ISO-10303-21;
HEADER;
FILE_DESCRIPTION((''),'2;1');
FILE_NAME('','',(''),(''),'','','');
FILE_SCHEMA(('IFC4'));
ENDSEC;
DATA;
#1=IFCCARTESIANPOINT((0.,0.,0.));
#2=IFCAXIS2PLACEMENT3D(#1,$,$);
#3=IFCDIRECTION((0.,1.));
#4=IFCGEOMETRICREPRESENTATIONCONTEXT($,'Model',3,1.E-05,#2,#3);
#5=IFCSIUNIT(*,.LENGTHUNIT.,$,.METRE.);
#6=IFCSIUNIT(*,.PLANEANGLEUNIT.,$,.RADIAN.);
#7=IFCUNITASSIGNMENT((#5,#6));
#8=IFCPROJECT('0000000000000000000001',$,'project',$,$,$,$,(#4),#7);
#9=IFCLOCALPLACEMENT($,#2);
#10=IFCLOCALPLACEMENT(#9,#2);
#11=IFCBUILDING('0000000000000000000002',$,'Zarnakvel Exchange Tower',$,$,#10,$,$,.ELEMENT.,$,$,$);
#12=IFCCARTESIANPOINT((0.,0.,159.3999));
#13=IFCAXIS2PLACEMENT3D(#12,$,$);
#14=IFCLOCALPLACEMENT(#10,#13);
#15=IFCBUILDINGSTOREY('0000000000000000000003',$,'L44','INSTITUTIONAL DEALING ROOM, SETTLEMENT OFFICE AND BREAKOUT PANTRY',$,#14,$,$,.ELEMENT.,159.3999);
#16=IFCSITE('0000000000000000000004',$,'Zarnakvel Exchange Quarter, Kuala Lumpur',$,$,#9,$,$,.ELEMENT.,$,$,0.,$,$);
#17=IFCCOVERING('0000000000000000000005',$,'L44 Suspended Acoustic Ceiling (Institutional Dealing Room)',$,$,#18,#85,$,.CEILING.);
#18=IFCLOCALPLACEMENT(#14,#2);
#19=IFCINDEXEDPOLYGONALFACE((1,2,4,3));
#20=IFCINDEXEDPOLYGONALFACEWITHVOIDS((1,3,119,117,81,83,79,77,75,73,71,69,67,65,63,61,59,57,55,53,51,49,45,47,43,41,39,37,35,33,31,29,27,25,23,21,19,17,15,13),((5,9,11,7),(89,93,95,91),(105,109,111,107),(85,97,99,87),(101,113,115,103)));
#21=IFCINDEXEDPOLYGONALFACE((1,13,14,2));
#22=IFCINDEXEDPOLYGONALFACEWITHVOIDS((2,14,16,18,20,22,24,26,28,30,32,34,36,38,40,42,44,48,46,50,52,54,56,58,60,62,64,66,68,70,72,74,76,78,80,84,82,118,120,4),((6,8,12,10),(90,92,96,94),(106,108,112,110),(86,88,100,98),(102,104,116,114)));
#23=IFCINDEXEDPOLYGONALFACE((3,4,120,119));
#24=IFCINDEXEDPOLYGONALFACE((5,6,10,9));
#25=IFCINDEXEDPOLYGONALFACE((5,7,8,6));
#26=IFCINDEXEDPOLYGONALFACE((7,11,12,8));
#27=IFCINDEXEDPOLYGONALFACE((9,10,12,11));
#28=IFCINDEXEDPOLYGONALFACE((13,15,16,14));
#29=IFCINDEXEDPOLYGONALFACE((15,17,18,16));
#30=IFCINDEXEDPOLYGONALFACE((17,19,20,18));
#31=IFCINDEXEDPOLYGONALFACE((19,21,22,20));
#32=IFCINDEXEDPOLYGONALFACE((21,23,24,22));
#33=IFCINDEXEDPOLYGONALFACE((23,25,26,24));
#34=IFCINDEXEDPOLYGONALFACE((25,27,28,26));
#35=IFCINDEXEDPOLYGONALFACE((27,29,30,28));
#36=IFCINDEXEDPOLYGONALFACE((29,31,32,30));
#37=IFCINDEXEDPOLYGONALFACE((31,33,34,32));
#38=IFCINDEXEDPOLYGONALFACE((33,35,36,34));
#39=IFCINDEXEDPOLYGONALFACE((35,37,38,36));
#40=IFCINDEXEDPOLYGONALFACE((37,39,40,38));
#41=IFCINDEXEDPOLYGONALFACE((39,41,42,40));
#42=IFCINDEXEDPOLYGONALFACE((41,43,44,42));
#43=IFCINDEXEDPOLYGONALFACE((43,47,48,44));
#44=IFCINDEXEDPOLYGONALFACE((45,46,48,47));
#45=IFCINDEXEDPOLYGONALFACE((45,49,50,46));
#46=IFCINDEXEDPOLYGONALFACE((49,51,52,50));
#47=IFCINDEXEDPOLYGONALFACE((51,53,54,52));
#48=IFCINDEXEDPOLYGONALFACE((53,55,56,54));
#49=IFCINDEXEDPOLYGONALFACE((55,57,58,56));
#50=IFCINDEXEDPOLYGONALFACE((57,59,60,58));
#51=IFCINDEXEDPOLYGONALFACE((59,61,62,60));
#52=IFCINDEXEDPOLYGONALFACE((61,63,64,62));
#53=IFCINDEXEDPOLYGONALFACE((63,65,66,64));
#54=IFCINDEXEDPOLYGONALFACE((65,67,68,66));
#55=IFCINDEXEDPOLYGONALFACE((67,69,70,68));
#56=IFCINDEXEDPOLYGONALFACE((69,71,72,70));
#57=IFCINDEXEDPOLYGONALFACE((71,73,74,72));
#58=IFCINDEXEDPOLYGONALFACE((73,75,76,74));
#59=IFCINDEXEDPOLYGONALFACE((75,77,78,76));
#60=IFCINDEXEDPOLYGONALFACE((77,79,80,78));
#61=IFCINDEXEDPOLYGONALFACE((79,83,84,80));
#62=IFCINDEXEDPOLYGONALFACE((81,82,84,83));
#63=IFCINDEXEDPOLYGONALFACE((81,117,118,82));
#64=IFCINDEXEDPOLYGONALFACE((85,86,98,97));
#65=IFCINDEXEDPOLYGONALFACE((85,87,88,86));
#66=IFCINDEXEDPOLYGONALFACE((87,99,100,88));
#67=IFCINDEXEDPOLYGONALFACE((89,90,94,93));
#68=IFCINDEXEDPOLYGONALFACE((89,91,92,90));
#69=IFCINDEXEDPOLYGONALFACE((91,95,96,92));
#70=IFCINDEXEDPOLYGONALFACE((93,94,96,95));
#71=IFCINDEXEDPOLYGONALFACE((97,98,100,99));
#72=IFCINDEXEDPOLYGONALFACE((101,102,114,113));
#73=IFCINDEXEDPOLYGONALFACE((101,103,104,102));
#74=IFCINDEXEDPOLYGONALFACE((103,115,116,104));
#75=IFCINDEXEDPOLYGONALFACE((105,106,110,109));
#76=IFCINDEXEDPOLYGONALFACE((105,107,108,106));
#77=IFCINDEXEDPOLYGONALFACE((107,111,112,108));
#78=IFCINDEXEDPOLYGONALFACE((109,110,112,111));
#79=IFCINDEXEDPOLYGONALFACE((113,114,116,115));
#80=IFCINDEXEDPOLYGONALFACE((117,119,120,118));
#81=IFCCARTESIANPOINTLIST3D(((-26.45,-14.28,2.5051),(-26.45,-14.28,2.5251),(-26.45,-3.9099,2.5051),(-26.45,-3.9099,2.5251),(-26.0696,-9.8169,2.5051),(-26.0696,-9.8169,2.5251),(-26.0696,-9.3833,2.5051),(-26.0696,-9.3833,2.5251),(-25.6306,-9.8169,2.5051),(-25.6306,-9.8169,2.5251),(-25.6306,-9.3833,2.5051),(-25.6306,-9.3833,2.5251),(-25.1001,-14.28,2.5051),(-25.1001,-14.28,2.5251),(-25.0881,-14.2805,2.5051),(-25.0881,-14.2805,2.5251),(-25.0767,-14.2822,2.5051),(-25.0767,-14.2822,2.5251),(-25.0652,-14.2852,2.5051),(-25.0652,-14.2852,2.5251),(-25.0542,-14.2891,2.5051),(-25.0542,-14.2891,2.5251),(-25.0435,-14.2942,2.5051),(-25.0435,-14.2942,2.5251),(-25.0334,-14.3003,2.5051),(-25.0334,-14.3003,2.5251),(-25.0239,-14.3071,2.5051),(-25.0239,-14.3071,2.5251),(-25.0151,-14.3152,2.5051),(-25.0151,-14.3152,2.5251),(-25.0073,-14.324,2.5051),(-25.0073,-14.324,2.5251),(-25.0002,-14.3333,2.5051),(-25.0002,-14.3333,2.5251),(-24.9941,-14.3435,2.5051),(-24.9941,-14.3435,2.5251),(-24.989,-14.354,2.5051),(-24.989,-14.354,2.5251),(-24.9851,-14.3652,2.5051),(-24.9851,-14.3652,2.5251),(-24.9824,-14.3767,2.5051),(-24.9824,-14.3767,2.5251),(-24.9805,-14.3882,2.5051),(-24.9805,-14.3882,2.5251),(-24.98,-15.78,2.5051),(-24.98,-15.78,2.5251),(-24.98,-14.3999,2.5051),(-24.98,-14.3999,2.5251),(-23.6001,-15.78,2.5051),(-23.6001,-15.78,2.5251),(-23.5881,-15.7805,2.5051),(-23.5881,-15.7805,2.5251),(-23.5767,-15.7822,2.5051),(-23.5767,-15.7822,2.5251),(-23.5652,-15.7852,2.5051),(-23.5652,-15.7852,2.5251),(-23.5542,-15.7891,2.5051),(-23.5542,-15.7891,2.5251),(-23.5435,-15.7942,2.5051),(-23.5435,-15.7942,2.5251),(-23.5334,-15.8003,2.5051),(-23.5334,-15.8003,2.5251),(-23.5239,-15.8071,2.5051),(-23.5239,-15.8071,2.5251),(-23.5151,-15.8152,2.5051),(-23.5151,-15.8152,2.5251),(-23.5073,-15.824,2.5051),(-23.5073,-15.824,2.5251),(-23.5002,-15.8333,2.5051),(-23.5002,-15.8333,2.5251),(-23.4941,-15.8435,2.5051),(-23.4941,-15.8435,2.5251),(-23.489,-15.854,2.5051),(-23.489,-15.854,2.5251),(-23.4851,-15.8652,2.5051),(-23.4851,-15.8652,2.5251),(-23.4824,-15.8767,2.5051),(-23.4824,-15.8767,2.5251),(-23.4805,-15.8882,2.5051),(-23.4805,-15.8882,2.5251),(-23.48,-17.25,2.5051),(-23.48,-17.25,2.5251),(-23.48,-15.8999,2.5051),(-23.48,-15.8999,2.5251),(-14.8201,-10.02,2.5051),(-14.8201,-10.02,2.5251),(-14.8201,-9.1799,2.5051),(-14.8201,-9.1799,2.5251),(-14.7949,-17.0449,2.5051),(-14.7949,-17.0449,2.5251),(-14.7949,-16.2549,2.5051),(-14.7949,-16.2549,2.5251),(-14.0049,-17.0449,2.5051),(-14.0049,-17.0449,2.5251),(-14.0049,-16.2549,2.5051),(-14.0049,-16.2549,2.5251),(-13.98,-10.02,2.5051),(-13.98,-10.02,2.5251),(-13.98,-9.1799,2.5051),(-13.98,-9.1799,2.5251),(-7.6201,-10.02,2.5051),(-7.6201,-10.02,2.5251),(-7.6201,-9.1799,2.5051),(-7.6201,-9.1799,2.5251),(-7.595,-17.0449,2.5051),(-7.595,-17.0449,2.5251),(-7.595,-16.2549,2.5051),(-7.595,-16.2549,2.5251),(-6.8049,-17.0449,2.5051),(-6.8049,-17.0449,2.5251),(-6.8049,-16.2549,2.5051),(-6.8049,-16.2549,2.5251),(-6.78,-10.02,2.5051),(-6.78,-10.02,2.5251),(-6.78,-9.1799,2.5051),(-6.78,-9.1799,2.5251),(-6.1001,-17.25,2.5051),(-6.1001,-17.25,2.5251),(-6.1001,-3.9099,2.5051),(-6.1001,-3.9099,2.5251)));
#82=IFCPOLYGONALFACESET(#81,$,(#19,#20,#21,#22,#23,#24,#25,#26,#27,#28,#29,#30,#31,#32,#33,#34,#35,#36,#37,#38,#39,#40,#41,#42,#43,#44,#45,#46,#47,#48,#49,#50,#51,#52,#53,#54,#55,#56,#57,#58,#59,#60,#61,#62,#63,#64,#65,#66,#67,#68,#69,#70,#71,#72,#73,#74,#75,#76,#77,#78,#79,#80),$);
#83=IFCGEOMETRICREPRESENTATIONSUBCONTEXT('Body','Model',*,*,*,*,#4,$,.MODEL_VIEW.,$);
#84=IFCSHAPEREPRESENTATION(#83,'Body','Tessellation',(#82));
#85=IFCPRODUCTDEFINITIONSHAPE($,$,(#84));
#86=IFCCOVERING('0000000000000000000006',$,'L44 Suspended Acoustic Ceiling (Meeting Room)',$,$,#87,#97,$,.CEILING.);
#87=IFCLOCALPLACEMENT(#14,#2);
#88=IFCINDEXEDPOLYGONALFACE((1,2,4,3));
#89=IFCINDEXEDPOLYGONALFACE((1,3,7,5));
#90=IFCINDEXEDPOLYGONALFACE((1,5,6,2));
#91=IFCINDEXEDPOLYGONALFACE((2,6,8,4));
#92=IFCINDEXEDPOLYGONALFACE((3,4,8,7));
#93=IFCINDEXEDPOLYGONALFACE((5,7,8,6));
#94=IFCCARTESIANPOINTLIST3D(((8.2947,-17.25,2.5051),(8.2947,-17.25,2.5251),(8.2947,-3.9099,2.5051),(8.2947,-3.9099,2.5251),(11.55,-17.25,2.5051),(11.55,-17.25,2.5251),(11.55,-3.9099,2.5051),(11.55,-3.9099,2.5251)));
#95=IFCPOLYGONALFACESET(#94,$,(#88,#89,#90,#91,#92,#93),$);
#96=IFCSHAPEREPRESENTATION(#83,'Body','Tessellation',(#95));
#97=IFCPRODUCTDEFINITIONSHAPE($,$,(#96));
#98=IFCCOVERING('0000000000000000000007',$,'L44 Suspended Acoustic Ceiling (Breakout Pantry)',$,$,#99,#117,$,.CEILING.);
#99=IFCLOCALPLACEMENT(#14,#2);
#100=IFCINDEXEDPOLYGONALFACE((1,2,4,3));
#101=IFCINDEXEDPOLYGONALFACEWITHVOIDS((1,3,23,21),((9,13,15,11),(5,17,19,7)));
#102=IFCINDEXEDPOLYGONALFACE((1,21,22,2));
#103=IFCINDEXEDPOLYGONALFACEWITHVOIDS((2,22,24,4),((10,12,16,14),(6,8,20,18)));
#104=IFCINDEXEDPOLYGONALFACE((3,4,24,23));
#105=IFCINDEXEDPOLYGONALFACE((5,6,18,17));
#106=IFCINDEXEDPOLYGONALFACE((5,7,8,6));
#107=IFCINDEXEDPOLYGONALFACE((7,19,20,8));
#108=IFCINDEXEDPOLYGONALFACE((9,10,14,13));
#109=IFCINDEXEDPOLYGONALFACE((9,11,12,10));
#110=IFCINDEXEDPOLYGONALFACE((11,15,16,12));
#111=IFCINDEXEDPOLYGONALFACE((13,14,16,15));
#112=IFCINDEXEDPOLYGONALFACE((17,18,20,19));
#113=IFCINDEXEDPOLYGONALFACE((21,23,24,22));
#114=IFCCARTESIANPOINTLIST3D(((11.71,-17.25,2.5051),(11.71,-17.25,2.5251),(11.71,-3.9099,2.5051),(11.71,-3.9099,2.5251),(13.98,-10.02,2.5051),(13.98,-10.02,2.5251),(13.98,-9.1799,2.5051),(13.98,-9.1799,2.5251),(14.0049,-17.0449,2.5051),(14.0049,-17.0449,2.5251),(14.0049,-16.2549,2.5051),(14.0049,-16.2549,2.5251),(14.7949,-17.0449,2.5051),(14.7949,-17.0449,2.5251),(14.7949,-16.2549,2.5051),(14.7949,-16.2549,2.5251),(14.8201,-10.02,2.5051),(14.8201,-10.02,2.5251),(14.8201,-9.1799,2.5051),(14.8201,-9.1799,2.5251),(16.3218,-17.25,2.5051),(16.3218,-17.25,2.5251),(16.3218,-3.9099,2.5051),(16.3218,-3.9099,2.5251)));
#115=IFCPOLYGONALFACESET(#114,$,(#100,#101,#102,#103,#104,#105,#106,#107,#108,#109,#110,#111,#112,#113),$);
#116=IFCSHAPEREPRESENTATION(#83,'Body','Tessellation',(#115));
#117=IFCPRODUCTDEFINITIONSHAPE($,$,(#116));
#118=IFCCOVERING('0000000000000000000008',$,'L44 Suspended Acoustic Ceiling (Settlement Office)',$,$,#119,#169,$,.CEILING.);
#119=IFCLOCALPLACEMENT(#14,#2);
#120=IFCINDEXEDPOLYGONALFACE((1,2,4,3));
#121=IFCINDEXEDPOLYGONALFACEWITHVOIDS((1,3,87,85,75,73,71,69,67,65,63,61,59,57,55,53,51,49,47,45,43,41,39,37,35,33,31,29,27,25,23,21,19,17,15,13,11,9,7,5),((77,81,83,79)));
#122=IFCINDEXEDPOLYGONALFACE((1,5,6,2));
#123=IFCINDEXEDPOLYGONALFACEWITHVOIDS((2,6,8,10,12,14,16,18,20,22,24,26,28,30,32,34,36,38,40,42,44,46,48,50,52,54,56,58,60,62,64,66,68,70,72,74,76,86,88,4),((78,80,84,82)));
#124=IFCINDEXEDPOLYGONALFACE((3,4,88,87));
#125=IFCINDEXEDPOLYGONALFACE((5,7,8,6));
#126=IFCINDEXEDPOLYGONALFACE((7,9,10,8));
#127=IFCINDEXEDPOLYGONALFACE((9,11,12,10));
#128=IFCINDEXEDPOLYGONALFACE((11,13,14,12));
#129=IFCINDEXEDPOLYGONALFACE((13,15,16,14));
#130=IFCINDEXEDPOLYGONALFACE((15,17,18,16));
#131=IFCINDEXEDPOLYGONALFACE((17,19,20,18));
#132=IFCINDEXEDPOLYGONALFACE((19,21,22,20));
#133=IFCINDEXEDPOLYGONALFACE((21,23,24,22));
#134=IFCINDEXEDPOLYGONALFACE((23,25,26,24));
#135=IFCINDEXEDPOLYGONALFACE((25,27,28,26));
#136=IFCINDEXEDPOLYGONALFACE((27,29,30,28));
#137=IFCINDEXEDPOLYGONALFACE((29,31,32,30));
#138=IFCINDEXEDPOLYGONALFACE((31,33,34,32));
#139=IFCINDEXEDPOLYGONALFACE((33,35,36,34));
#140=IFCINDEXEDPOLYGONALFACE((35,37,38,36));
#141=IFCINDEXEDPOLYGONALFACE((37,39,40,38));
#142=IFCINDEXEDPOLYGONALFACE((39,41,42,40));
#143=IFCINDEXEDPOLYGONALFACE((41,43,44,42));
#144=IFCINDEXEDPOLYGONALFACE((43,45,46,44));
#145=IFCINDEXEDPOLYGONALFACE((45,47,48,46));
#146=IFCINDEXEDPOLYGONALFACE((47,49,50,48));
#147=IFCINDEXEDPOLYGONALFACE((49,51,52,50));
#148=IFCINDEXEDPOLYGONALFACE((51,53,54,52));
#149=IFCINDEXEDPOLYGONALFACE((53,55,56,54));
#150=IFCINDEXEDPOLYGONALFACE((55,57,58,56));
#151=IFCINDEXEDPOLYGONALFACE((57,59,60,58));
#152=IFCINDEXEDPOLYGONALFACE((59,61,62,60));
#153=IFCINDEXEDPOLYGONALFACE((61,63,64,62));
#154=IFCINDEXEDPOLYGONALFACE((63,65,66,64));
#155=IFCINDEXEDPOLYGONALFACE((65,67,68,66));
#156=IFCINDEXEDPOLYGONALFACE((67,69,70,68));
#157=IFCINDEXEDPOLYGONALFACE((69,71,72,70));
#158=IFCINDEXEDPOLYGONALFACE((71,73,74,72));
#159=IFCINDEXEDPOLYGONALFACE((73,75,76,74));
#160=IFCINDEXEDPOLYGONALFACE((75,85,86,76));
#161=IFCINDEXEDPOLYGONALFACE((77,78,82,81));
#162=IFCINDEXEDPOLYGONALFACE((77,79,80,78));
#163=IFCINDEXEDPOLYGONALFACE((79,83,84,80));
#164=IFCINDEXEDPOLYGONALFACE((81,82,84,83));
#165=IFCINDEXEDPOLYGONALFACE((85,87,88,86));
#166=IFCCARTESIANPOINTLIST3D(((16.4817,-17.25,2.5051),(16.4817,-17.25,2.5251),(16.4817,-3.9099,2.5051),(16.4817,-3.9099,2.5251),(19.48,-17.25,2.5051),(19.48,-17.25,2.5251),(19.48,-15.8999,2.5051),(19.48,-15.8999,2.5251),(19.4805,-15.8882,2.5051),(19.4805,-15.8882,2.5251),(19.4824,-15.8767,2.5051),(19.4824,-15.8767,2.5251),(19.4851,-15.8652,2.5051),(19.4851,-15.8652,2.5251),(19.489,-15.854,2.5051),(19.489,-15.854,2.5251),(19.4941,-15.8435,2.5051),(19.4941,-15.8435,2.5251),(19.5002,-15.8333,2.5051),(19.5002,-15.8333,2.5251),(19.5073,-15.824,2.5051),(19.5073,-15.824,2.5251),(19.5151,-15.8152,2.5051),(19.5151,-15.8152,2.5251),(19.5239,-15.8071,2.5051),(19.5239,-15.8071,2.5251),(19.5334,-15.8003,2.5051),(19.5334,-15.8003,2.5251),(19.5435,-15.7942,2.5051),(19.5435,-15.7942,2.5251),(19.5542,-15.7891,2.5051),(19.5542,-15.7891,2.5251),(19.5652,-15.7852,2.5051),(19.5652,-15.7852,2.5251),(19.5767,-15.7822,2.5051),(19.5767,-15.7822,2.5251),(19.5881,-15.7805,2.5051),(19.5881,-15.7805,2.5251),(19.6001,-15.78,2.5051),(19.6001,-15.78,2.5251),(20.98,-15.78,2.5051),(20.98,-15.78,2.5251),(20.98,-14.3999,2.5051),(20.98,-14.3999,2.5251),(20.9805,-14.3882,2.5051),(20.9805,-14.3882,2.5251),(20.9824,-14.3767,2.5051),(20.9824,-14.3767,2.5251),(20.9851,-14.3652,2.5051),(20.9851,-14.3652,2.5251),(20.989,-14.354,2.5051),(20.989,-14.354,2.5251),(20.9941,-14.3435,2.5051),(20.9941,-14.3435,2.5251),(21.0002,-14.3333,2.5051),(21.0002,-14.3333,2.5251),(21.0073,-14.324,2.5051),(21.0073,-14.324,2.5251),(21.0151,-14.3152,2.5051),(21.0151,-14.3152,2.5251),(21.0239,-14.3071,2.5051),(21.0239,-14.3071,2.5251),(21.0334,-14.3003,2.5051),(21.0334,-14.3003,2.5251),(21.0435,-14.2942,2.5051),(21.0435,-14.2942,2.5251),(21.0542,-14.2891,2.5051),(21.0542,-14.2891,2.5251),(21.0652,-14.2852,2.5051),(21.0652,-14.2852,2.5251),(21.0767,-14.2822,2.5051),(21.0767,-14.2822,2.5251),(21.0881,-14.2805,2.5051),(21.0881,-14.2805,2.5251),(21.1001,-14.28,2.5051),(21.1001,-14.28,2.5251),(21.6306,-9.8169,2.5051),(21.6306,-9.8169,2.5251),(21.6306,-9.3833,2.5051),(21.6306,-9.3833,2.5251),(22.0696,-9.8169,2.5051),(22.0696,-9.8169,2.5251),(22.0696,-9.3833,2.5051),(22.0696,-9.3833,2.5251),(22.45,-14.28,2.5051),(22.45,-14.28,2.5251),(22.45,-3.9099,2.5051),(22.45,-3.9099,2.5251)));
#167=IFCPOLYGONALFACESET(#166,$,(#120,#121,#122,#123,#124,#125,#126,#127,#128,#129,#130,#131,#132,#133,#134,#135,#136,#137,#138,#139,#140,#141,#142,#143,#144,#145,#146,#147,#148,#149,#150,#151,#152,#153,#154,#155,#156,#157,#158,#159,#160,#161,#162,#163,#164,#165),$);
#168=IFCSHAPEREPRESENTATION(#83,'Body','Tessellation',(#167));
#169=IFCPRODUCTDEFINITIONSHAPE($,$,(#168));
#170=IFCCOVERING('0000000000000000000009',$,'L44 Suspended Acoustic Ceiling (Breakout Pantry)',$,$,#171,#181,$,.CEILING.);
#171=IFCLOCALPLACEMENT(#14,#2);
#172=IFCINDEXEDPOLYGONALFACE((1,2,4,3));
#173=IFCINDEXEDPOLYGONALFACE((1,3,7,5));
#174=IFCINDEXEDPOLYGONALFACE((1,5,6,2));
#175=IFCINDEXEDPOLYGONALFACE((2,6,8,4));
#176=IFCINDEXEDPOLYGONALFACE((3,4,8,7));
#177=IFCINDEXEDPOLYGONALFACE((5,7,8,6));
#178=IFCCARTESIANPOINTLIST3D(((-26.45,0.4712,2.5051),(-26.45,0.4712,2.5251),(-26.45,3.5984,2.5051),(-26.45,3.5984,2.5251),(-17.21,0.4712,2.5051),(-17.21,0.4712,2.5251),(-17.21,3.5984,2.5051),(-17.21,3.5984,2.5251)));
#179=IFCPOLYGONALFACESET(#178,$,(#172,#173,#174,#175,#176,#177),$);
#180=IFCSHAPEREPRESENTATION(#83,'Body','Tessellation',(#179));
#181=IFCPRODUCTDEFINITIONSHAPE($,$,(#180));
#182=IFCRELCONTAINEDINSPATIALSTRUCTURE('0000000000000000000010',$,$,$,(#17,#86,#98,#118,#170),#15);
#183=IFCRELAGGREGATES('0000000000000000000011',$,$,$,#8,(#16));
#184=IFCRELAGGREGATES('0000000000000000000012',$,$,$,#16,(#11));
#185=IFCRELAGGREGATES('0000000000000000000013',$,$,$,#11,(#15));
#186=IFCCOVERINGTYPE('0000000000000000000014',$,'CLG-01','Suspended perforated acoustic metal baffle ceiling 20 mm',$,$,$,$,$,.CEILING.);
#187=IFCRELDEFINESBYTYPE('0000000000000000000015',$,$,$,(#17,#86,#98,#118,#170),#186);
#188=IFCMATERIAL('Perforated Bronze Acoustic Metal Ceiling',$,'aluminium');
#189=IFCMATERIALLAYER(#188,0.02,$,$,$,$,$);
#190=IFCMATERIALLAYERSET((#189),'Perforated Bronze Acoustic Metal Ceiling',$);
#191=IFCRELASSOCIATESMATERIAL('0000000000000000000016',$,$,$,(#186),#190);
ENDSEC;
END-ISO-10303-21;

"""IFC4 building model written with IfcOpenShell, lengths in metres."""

from ifc_helpers import new_model, si_unit, direction, frame, origin, place, context, subcontext, project, spatial, polyline, outline, extrude, material, layer, layer_set, type_object, element, save


model = new_model("IFC4")

# Units and contexts
model_context = context("Model", 3, precision=1e-05, world=origin(), true_north=direction((0.0, 1.0)))
body_context = subcontext(model_context, "Body", "Model", "MODEL_VIEW")
ifc_project = project(units=[si_unit("LENGTHUNIT", "METRE"), si_unit("PLANEANGLEUNIT", "RADIAN")], contexts=[model_context])

# Site, building, storey
site_placement = place(None, origin())
site = spatial("IfcSite", under=ifc_project, at=site_placement, Name="Zarnakvel Exchange Quarter, Kuala Lumpur", CompositionType="ELEMENT", RefElevation=0.0)
building_placement = place(site_placement, origin())
building = spatial("IfcBuilding", under=site, at=building_placement, Name="Zarnakvel Exchange Tower", CompositionType="ELEMENT")
storey_placement = place(building_placement, frame((0.0, 0.0, 159.3999)))
storey = spatial("IfcBuildingStorey", under=building, at=storey_placement, Name="L44", Description="INSTITUTIONAL DEALING ROOM, SETTLEMENT OFFICE AND BREAKOUT PANTRY", CompositionType="ELEMENT", Elevation=159.3999)

# Coverings
ifc_material_1 = material(Name="Perforated Bronze Acoustic Metal Ceiling", Category="aluminium")
ifc_layer_1 = layer(ifc_material_1, 0.02)
ifc_layer_set_1 = layer_set([ifc_layer_1], Name="Perforated Bronze Acoustic Metal Ceiling")
covering_type_1 = type_object("IfcCoveringType", Name="CLG-01", Description="Suspended perforated acoustic metal baffle ceiling 20 mm", PredefinedType="CEILING", material=ifc_layer_set_1)
covering_1_placement = place(storey_placement, frame((0.0, 0.0, 2.5051)))
element("IfcCovering", 1, at=covering_1_placement, inside=storey, type_object=covering_type_1, Name="L44 Suspended Acoustic Ceiling (Institutional Dealing Room)", PredefinedType="CEILING", context=body_context, shape_type="SweptSolid", body=[
    extrude(outline(polyline([(-6.1001, -3.9099), (-6.1001, -17.25), (-23.48, -17.25), (-23.48, -15.8999), (-23.4805, -15.8882), (-23.4824, -15.8767), (-23.4851, -15.8652), (-23.489, -15.854), (-23.4941, -15.8435), (-23.5002, -15.8333), (-23.5073, -15.824), (-23.5151, -15.8152), (-23.5239, -15.8071), (-23.5334, -15.8003), (-23.5435, -15.7942), (-23.5542, -15.7891), (-23.5652, -15.7852), (-23.5767, -15.7822), (-23.5881, -15.7805), (-23.6001, -15.78), (-24.98, -15.78), (-24.98, -14.3999), (-24.9805, -14.3882), (-24.9824, -14.3767), (-24.9851, -14.3652), (-24.989, -14.354), (-24.9941, -14.3435), (-25.0002, -14.3333), (-25.0073, -14.324), (-25.0151, -14.3152), (-25.0239, -14.3071), (-25.0334, -14.3003), (-25.0435, -14.2942), (-25.0542, -14.2891), (-25.0652, -14.2852), (-25.0767, -14.2822), (-25.0881, -14.2805), (-25.1001, -14.28), (-26.45, -14.28), (-26.45, -3.9099), (-6.1001, -3.9099)]), holes=[polyline([(-6.78, -10.02), (-6.78, -9.1799), (-7.6201, -9.1799), (-7.6201, -10.02), (-6.78, -10.02)]), polyline([(-6.8049, -17.0449), (-6.8049, -16.2549), (-7.595, -16.2549), (-7.595, -17.0449), (-6.8049, -17.0449)]), polyline([(-13.98, -10.02), (-13.98, -9.1799), (-14.8201, -9.1799), (-14.8201, -10.02), (-13.98, -10.02)]), polyline([(-14.0049, -16.2549), (-14.7949, -16.2549), (-14.7949, -17.0449), (-14.0049, -17.0449), (-14.0049, -16.2549)]), polyline([(-25.6306, -9.8169), (-25.6306, -9.3833), (-26.0696, -9.3833), (-26.0696, -9.8169), (-25.6306, -9.8169)])]), origin(), (0.0, 0.0, 1.0), 0.02),
])
covering_2_placement = place(storey_placement, frame((0.0, 0.0, 2.5051)))
element("IfcCovering", 2, at=covering_2_placement, inside=storey, type_object=covering_type_1, Name="L44 Suspended Acoustic Ceiling (Meeting Room)", PredefinedType="CEILING", context=body_context, shape_type="SweptSolid", body=[
    extrude(outline(polyline([(8.2947, -3.9099), (11.55, -3.9099), (11.55, -17.25), (8.2947, -17.25), (8.2947, -3.9099)])), origin(), (0.0, 0.0, 1.0), 0.02),
])
covering_3_placement = place(storey_placement, frame((0.0, 0.0, 2.5051)))
element("IfcCovering", 3, at=covering_3_placement, inside=storey, type_object=covering_type_1, Name="L44 Suspended Acoustic Ceiling (Breakout Pantry)", PredefinedType="CEILING", context=body_context, shape_type="SweptSolid", body=[
    extrude(outline(polyline([(11.71, -3.9099), (16.3218, -3.9099), (16.3218, -17.25), (11.71, -17.25), (11.71, -3.9099)]), holes=[polyline([(14.8201, -10.02), (14.8201, -9.1799), (13.98, -9.1799), (13.98, -10.02), (14.8201, -10.02)]), polyline([(14.7949, -17.0449), (14.7949, -16.2549), (14.0049, -16.2549), (14.0049, -17.0449), (14.7949, -17.0449)])]), origin(), (0.0, 0.0, 1.0), 0.02),
])
covering_4_placement = place(storey_placement, frame((0.0, 0.0, 2.5051)))
element("IfcCovering", 4, at=covering_4_placement, inside=storey, type_object=covering_type_1, Name="L44 Suspended Acoustic Ceiling (Settlement Office)", PredefinedType="CEILING", context=body_context, shape_type="SweptSolid", body=[
    extrude(outline(polyline([(16.4817, -3.9099), (22.45, -3.9099), (22.45, -14.28), (21.1001, -14.28), (21.0881, -14.2805), (21.0767, -14.2822), (21.0652, -14.2852), (21.0542, -14.2891), (21.0435, -14.2942), (21.0334, -14.3003), (21.0239, -14.3071), (21.0151, -14.3152), (21.0073, -14.324), (21.0002, -14.3333), (20.9941, -14.3435), (20.989, -14.354), (20.9851, -14.3652), (20.9824, -14.3767), (20.9805, -14.3882), (20.98, -14.3999), (20.98, -15.78), (19.6001, -15.78), (19.5881, -15.7805), (19.5767, -15.7822), (19.5652, -15.7852), (19.5542, -15.7891), (19.5435, -15.7942), (19.5334, -15.8003), (19.5239, -15.8071), (19.5151, -15.8152), (19.5073, -15.824), (19.5002, -15.8333), (19.4941, -15.8435), (19.489, -15.854), (19.4851, -15.8652), (19.4824, -15.8767), (19.4805, -15.8882), (19.48, -15.8999), (19.48, -17.25), (16.4817, -17.25), (16.4817, -3.9099)]), holes=[polyline([(22.0696, -9.8169), (22.0696, -9.3833), (21.6306, -9.3833), (21.6306, -9.8169), (22.0696, -9.8169)])]), origin(), (0.0, 0.0, 1.0), 0.02),
])
covering_5_placement = place(storey_placement, frame((0.0, 0.0, 2.5051)))
element("IfcCovering", 5, at=covering_5_placement, inside=storey, type_object=covering_type_1, Name="L44 Suspended Acoustic Ceiling (Breakout Pantry)", PredefinedType="CEILING", context=body_context, shape_type="SweptSolid", body=[
    extrude(outline(polyline([(-26.45, 3.5984), (-17.21, 3.5984), (-17.21, 0.4712), (-26.45, 0.4712), (-26.45, 3.5984)])), origin(), (0.0, 0.0, 1.0), 0.02),
])

save(model, "model.ifc")
